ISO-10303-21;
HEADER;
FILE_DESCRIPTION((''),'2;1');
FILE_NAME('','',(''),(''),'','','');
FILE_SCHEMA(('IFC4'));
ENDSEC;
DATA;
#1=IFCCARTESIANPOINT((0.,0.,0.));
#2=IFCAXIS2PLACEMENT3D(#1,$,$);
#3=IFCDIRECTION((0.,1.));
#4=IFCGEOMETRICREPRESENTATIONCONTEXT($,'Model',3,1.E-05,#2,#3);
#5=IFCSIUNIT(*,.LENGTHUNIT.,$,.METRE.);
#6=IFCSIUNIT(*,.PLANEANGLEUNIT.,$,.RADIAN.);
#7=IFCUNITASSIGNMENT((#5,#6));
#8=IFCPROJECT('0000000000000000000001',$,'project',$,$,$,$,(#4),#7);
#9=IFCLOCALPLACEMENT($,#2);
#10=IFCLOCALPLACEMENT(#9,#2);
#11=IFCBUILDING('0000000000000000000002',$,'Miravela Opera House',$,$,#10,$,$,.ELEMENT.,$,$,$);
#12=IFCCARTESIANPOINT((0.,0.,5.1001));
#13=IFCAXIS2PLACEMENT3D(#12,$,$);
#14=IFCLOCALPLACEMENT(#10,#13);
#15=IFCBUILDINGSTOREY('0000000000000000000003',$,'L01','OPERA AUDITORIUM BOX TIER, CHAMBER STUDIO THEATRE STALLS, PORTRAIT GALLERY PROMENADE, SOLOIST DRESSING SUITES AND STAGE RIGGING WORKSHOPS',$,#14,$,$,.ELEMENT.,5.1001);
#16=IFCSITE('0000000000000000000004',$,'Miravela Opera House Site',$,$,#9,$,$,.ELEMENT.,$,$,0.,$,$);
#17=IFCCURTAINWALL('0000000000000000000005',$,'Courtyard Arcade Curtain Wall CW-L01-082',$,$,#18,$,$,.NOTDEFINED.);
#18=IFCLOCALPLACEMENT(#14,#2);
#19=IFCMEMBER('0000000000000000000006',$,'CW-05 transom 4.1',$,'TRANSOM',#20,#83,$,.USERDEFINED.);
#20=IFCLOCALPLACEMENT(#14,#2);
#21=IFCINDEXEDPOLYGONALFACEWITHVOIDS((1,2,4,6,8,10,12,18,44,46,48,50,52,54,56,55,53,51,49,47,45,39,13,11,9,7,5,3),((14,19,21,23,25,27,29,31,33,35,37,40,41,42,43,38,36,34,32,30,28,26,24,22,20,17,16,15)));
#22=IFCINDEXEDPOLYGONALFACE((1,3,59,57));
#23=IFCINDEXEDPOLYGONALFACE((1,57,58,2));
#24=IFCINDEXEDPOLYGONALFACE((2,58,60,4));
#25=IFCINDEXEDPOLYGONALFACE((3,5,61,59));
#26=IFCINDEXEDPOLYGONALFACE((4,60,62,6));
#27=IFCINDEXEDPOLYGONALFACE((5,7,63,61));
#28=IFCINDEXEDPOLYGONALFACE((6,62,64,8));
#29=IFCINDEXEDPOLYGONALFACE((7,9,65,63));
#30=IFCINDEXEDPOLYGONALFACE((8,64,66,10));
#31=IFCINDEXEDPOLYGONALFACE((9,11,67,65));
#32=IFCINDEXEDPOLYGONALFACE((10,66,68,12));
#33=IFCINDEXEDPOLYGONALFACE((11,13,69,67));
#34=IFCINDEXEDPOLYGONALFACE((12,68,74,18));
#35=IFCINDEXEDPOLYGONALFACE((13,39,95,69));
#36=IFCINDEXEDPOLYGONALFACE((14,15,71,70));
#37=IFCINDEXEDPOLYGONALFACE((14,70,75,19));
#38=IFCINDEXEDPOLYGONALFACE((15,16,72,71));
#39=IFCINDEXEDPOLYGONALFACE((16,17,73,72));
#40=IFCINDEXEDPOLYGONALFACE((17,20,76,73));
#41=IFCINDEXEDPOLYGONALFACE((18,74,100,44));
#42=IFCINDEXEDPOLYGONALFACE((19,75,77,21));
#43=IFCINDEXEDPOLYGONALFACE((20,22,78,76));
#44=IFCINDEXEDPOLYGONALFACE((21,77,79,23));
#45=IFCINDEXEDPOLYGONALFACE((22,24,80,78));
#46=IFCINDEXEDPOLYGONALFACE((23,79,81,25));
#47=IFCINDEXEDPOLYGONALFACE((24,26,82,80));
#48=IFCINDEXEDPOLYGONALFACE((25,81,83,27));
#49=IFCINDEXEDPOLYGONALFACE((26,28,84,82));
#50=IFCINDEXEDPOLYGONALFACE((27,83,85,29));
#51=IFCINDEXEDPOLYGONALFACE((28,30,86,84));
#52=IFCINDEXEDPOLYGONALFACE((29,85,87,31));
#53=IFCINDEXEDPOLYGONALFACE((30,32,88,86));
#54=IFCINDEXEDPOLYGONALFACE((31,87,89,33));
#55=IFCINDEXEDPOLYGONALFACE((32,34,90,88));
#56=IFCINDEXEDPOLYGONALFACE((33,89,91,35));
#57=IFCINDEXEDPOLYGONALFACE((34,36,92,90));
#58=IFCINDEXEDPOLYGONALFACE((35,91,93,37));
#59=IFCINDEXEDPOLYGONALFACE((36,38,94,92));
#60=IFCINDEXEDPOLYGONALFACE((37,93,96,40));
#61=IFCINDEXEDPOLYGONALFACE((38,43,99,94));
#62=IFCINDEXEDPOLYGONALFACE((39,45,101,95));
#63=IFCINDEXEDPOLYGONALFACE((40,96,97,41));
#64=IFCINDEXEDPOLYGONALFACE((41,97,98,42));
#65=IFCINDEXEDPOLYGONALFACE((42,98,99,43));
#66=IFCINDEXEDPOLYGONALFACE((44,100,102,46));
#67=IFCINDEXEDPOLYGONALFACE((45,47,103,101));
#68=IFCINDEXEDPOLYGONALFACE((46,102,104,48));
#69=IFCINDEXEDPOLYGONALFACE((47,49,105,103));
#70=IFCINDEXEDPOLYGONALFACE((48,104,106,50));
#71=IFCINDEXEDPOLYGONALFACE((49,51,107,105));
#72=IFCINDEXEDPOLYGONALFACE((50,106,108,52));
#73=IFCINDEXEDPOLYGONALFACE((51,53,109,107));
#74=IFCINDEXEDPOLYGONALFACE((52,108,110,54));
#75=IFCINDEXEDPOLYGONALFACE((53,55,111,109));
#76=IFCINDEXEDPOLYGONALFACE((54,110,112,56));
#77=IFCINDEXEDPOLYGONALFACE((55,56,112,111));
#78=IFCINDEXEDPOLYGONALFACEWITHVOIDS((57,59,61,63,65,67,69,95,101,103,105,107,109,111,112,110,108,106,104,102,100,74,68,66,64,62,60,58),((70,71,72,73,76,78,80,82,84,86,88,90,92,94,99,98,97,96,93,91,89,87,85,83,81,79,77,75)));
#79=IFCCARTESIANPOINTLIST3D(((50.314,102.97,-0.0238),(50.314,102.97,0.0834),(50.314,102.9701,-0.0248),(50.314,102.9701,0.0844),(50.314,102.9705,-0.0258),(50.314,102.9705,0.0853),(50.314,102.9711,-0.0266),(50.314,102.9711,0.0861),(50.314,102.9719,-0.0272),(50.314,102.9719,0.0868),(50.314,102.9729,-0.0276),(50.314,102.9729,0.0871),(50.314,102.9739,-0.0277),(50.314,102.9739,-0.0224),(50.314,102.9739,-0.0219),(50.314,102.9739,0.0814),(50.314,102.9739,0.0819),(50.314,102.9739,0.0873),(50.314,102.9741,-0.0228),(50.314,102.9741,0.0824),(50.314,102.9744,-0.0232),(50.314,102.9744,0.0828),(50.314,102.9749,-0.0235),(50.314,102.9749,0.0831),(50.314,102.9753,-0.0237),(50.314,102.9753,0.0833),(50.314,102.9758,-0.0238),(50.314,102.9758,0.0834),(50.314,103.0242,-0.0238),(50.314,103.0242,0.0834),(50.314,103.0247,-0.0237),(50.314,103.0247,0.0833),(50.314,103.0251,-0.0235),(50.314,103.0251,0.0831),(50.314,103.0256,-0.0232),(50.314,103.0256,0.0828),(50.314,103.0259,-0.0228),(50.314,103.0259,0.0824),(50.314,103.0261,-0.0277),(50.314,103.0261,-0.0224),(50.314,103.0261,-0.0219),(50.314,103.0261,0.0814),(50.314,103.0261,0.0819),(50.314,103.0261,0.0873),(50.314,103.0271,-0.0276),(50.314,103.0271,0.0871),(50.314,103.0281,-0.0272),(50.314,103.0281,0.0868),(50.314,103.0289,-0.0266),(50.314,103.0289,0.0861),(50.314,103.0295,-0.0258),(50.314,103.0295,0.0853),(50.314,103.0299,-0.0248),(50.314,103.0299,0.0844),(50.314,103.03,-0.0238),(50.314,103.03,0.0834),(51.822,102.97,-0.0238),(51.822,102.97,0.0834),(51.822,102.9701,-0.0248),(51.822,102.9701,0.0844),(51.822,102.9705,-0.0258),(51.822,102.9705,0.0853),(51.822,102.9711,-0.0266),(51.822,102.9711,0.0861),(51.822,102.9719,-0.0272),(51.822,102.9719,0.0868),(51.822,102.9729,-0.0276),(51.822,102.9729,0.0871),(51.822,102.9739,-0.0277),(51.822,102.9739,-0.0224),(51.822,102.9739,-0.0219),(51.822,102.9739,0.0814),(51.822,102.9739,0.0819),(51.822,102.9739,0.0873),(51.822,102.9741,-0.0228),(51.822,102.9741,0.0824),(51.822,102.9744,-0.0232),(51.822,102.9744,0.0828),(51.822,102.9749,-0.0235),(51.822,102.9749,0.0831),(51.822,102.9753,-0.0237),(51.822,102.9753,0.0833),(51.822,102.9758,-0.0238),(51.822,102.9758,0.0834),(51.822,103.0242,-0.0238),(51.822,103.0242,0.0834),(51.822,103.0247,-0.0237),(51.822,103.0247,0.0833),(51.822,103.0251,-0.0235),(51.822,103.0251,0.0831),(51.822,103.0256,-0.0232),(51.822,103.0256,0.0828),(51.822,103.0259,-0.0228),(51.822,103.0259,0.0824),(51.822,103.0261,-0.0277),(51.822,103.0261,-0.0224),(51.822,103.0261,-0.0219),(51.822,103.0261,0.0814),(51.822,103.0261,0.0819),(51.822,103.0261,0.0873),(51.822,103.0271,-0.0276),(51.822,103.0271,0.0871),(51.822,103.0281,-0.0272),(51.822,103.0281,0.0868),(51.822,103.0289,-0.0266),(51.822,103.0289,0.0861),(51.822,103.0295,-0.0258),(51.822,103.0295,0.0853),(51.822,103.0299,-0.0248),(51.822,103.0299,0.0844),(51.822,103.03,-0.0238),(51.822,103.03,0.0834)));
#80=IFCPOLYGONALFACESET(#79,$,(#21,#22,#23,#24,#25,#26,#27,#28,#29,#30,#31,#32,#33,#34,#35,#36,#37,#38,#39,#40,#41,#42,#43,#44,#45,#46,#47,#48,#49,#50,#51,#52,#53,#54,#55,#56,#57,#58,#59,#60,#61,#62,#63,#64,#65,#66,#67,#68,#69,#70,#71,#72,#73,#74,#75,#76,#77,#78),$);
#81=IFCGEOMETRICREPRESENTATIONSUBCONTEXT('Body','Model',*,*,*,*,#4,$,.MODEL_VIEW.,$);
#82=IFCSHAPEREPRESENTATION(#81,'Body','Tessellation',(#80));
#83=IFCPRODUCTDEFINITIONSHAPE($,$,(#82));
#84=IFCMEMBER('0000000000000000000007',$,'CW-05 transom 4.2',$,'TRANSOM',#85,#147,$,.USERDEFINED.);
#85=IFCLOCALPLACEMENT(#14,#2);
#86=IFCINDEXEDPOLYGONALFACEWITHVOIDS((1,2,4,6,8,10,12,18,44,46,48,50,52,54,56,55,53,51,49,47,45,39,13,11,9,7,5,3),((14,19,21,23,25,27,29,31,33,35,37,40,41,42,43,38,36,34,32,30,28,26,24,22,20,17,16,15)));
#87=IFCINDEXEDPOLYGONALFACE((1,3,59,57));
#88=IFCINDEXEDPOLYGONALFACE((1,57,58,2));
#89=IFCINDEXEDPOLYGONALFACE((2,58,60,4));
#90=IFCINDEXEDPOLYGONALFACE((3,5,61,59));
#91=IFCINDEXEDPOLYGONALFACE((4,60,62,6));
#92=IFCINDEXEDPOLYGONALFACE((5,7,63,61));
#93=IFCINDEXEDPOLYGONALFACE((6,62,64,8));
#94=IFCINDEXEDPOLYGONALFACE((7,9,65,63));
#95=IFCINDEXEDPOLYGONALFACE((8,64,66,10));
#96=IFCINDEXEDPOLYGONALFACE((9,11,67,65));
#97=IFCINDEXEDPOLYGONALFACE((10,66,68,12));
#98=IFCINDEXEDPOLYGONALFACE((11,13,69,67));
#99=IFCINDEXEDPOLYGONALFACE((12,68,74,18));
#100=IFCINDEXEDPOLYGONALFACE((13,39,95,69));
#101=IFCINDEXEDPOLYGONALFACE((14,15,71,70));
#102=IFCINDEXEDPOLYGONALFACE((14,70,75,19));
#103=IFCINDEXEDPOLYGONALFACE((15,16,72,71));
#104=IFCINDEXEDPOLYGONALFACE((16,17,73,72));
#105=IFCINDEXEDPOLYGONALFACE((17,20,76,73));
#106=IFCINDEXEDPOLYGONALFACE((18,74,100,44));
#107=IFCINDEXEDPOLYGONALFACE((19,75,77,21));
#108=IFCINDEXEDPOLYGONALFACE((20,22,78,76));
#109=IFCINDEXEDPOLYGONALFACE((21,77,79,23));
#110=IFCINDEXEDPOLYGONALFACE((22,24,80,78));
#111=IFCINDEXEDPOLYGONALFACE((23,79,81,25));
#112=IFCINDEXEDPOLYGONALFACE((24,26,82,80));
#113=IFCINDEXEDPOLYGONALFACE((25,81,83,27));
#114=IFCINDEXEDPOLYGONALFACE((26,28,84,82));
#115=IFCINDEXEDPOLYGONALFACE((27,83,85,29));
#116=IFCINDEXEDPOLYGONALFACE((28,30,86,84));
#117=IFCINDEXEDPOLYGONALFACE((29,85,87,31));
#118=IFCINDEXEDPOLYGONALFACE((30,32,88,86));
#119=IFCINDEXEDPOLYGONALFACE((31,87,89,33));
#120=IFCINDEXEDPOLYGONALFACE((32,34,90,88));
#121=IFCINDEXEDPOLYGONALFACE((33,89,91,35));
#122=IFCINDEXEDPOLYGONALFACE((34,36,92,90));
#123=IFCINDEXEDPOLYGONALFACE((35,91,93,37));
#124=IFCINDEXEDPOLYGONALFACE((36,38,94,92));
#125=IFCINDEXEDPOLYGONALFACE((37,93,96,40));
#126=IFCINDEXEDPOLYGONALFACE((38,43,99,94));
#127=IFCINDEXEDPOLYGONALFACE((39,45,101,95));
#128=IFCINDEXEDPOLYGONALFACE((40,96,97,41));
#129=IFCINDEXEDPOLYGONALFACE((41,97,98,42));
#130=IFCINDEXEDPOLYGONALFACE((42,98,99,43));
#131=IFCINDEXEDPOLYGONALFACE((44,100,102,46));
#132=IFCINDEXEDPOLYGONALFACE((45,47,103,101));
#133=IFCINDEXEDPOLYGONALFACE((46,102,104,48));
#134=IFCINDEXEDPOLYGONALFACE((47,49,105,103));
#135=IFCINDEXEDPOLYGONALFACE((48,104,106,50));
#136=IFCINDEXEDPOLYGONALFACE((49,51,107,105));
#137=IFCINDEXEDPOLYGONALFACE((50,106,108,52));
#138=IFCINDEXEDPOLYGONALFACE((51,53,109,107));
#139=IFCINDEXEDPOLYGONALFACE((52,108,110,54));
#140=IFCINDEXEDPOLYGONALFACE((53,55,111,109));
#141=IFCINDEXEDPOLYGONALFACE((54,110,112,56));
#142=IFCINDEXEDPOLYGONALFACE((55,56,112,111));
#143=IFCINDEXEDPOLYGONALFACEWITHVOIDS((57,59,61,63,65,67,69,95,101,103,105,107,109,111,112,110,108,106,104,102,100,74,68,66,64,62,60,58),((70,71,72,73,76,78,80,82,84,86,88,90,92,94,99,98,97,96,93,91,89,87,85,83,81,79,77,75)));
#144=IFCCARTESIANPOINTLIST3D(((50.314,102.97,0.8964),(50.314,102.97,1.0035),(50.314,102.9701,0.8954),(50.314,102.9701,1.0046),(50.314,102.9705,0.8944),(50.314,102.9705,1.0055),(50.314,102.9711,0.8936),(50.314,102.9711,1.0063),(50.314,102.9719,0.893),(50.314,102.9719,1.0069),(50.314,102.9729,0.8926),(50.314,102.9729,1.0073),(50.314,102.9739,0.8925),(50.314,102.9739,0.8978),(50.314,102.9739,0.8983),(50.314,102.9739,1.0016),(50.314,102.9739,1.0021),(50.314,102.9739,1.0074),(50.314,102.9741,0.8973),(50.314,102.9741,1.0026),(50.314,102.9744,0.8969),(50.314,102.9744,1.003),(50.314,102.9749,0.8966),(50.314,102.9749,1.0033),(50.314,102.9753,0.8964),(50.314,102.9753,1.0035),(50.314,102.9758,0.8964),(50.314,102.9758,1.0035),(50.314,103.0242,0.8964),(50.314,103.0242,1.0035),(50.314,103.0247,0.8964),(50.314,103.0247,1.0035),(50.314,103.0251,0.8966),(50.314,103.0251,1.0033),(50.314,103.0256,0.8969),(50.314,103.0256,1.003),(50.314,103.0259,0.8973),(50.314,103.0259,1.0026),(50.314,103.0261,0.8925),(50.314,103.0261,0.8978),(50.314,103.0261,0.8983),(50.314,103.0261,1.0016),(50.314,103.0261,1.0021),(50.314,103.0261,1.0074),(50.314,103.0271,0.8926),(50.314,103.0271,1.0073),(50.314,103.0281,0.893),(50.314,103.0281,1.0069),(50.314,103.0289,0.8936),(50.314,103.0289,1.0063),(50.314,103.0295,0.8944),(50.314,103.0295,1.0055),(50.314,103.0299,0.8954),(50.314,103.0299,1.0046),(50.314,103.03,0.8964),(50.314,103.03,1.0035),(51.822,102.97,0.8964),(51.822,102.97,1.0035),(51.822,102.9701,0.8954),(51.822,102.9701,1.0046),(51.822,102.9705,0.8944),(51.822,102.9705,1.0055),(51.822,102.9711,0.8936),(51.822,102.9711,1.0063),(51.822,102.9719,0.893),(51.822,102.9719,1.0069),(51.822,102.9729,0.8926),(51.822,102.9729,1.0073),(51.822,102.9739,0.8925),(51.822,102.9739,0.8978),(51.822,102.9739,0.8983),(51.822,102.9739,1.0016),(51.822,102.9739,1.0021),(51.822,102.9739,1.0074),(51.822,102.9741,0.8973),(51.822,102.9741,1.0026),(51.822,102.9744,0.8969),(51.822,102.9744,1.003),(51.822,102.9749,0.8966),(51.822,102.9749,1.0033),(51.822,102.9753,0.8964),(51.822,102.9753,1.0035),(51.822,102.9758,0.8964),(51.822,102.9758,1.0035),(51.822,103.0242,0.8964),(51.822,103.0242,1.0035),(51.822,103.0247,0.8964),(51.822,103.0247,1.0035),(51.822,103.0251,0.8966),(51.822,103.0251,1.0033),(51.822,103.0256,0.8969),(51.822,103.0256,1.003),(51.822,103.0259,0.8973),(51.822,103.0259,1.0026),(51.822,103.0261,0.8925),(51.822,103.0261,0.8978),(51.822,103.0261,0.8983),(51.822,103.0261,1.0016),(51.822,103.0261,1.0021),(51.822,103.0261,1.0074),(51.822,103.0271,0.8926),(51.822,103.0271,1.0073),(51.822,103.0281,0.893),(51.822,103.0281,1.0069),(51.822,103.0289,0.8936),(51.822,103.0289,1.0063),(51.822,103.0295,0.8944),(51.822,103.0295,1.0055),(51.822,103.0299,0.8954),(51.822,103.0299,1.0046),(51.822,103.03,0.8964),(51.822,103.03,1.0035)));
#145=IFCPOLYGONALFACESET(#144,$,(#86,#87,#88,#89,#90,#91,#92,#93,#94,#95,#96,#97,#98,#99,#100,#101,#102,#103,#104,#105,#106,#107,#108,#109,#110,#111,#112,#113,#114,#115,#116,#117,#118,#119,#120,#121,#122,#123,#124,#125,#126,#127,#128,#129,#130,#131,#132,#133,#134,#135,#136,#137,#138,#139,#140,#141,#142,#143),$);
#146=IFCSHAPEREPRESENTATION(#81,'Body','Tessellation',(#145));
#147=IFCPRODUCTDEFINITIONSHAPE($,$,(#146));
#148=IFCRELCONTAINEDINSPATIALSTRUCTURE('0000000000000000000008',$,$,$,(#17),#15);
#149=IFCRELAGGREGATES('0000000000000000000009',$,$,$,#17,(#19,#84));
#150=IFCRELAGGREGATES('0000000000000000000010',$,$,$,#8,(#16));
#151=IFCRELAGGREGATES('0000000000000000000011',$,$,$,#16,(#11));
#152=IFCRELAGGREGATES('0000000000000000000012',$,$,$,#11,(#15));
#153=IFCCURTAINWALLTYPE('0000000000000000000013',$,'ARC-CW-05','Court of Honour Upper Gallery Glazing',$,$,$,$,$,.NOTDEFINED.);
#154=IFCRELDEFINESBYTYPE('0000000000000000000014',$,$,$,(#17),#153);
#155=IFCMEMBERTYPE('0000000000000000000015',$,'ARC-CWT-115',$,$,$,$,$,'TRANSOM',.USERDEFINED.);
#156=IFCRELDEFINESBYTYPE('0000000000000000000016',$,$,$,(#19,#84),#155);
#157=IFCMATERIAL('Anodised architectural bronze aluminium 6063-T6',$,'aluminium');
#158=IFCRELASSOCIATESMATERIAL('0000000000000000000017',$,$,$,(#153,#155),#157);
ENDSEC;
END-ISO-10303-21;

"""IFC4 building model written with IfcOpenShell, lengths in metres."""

from ifc_helpers import new_model, si_unit, direction, frame, origin, origin_2d, place, context, subcontext, project, spatial, hollow_rectangle, extrude, material, material_profile, profile_set, type_object, element, aggregate, save


model = new_model("IFC4")

# Units and contexts
model_context = context("Model", 3, precision=1e-05, world=origin(), true_north=direction((0.0, 1.0)))
body_context = subcontext(model_context, "Body", "Model", "MODEL_VIEW")
ifc_project = project(units=[si_unit("LENGTHUNIT", "METRE"), si_unit("PLANEANGLEUNIT", "RADIAN")], contexts=[model_context])

# Site, building, storey
site_placement = place(None, origin())
site = spatial("IfcSite", under=ifc_project, at=site_placement, Name="Miravela Opera House Site", CompositionType="ELEMENT", RefElevation=0.0)
building_placement = place(site_placement, origin())
building = spatial("IfcBuilding", under=site, at=building_placement, Name="Miravela Opera House", CompositionType="ELEMENT")
storey_placement = place(building_placement, frame((0.0, 0.0, 5.1001)))
storey = spatial("IfcBuildingStorey", under=building, at=storey_placement, Name="L01", Description="OPERA AUDITORIUM BOX TIER, CHAMBER STUDIO THEATRE STALLS, PORTRAIT GALLERY PROMENADE, SOLOIST DRESSING SUITES AND STAGE RIGGING WORKSHOPS", CompositionType="ELEMENT", Elevation=5.1001)

# Curtain wall
ifc_material_1 = material(Name="Anodised architectural bronze aluminium 6063-T6", Category="aluminium")
curtain_wall_type = type_object("IfcCurtainWallType", Name="ARC-CW-05", Description="Court of Honour Upper Gallery Glazing", PredefinedType="NOTDEFINED", material=ifc_material_1)
curtain_wall_1_placement = place(storey_placement, origin())
curtain_wall_1 = element("IfcCurtainWall", 1, at=curtain_wall_1_placement, inside=storey, type_object=curtain_wall_type, Name="Courtyard Arcade Curtain Wall CW-L01-082", PredefinedType="NOTDEFINED")

# Members
ifc_material_profile_1 = material_profile(ifc_material_1, hollow_rectangle(XDim=0.0601, YDim=0.115, WallThickness=0.0039, InnerFilletRadius=0.002, OuterFilletRadius=0.0039, at=origin_2d()), Name="CWT-60X115")
ifc_profile_set_1 = profile_set([ifc_material_profile_1])
member_type_1 = type_object("IfcMemberType", Name="ARC-CWT-115", ElementType="TRANSOM", PredefinedType="USERDEFINED", material=ifc_profile_set_1)
member_1_placement = place(storey_placement, frame((50.314, 103.0, 0.0298), z_axis=(1.0, 0.0, 0.0), x_axis=(0.0, 1.0, 0.0)))
member_1 = element("IfcMember", 2, at=member_1_placement, type_object=member_type_1, Name="CW-05 transom 4.1", ObjectType="TRANSOM", PredefinedType="USERDEFINED", context=body_context, shape_type="SweptSolid", body=[
    extrude(hollow_rectangle(XDim=0.0601, YDim=0.115, WallThickness=0.0039, InnerFilletRadius=0.002, OuterFilletRadius=0.0039, at=origin_2d()), origin(), (0.0, 0.0, 1.0), 1.5081),
])
member_2_placement = place(storey_placement, frame((50.314, 103.0, 0.95), z_axis=(1.0, 0.0, 0.0), x_axis=(0.0, 1.0, 0.0)))
member_2 = element("IfcMember", 3, at=member_2_placement, type_object=member_type_1, Name="CW-05 transom 4.2", ObjectType="TRANSOM", PredefinedType="USERDEFINED", context=body_context, shape_type="SweptSolid", body=[
    extrude(hollow_rectangle(XDim=0.0601, YDim=0.115, WallThickness=0.0039, InnerFilletRadius=0.002, OuterFilletRadius=0.0039, at=origin_2d()), origin(), (0.0, 0.0, 1.0), 1.5081),
])

aggregate(curtain_wall_1, [member_1, member_2])

save(model, "model.ifc")
